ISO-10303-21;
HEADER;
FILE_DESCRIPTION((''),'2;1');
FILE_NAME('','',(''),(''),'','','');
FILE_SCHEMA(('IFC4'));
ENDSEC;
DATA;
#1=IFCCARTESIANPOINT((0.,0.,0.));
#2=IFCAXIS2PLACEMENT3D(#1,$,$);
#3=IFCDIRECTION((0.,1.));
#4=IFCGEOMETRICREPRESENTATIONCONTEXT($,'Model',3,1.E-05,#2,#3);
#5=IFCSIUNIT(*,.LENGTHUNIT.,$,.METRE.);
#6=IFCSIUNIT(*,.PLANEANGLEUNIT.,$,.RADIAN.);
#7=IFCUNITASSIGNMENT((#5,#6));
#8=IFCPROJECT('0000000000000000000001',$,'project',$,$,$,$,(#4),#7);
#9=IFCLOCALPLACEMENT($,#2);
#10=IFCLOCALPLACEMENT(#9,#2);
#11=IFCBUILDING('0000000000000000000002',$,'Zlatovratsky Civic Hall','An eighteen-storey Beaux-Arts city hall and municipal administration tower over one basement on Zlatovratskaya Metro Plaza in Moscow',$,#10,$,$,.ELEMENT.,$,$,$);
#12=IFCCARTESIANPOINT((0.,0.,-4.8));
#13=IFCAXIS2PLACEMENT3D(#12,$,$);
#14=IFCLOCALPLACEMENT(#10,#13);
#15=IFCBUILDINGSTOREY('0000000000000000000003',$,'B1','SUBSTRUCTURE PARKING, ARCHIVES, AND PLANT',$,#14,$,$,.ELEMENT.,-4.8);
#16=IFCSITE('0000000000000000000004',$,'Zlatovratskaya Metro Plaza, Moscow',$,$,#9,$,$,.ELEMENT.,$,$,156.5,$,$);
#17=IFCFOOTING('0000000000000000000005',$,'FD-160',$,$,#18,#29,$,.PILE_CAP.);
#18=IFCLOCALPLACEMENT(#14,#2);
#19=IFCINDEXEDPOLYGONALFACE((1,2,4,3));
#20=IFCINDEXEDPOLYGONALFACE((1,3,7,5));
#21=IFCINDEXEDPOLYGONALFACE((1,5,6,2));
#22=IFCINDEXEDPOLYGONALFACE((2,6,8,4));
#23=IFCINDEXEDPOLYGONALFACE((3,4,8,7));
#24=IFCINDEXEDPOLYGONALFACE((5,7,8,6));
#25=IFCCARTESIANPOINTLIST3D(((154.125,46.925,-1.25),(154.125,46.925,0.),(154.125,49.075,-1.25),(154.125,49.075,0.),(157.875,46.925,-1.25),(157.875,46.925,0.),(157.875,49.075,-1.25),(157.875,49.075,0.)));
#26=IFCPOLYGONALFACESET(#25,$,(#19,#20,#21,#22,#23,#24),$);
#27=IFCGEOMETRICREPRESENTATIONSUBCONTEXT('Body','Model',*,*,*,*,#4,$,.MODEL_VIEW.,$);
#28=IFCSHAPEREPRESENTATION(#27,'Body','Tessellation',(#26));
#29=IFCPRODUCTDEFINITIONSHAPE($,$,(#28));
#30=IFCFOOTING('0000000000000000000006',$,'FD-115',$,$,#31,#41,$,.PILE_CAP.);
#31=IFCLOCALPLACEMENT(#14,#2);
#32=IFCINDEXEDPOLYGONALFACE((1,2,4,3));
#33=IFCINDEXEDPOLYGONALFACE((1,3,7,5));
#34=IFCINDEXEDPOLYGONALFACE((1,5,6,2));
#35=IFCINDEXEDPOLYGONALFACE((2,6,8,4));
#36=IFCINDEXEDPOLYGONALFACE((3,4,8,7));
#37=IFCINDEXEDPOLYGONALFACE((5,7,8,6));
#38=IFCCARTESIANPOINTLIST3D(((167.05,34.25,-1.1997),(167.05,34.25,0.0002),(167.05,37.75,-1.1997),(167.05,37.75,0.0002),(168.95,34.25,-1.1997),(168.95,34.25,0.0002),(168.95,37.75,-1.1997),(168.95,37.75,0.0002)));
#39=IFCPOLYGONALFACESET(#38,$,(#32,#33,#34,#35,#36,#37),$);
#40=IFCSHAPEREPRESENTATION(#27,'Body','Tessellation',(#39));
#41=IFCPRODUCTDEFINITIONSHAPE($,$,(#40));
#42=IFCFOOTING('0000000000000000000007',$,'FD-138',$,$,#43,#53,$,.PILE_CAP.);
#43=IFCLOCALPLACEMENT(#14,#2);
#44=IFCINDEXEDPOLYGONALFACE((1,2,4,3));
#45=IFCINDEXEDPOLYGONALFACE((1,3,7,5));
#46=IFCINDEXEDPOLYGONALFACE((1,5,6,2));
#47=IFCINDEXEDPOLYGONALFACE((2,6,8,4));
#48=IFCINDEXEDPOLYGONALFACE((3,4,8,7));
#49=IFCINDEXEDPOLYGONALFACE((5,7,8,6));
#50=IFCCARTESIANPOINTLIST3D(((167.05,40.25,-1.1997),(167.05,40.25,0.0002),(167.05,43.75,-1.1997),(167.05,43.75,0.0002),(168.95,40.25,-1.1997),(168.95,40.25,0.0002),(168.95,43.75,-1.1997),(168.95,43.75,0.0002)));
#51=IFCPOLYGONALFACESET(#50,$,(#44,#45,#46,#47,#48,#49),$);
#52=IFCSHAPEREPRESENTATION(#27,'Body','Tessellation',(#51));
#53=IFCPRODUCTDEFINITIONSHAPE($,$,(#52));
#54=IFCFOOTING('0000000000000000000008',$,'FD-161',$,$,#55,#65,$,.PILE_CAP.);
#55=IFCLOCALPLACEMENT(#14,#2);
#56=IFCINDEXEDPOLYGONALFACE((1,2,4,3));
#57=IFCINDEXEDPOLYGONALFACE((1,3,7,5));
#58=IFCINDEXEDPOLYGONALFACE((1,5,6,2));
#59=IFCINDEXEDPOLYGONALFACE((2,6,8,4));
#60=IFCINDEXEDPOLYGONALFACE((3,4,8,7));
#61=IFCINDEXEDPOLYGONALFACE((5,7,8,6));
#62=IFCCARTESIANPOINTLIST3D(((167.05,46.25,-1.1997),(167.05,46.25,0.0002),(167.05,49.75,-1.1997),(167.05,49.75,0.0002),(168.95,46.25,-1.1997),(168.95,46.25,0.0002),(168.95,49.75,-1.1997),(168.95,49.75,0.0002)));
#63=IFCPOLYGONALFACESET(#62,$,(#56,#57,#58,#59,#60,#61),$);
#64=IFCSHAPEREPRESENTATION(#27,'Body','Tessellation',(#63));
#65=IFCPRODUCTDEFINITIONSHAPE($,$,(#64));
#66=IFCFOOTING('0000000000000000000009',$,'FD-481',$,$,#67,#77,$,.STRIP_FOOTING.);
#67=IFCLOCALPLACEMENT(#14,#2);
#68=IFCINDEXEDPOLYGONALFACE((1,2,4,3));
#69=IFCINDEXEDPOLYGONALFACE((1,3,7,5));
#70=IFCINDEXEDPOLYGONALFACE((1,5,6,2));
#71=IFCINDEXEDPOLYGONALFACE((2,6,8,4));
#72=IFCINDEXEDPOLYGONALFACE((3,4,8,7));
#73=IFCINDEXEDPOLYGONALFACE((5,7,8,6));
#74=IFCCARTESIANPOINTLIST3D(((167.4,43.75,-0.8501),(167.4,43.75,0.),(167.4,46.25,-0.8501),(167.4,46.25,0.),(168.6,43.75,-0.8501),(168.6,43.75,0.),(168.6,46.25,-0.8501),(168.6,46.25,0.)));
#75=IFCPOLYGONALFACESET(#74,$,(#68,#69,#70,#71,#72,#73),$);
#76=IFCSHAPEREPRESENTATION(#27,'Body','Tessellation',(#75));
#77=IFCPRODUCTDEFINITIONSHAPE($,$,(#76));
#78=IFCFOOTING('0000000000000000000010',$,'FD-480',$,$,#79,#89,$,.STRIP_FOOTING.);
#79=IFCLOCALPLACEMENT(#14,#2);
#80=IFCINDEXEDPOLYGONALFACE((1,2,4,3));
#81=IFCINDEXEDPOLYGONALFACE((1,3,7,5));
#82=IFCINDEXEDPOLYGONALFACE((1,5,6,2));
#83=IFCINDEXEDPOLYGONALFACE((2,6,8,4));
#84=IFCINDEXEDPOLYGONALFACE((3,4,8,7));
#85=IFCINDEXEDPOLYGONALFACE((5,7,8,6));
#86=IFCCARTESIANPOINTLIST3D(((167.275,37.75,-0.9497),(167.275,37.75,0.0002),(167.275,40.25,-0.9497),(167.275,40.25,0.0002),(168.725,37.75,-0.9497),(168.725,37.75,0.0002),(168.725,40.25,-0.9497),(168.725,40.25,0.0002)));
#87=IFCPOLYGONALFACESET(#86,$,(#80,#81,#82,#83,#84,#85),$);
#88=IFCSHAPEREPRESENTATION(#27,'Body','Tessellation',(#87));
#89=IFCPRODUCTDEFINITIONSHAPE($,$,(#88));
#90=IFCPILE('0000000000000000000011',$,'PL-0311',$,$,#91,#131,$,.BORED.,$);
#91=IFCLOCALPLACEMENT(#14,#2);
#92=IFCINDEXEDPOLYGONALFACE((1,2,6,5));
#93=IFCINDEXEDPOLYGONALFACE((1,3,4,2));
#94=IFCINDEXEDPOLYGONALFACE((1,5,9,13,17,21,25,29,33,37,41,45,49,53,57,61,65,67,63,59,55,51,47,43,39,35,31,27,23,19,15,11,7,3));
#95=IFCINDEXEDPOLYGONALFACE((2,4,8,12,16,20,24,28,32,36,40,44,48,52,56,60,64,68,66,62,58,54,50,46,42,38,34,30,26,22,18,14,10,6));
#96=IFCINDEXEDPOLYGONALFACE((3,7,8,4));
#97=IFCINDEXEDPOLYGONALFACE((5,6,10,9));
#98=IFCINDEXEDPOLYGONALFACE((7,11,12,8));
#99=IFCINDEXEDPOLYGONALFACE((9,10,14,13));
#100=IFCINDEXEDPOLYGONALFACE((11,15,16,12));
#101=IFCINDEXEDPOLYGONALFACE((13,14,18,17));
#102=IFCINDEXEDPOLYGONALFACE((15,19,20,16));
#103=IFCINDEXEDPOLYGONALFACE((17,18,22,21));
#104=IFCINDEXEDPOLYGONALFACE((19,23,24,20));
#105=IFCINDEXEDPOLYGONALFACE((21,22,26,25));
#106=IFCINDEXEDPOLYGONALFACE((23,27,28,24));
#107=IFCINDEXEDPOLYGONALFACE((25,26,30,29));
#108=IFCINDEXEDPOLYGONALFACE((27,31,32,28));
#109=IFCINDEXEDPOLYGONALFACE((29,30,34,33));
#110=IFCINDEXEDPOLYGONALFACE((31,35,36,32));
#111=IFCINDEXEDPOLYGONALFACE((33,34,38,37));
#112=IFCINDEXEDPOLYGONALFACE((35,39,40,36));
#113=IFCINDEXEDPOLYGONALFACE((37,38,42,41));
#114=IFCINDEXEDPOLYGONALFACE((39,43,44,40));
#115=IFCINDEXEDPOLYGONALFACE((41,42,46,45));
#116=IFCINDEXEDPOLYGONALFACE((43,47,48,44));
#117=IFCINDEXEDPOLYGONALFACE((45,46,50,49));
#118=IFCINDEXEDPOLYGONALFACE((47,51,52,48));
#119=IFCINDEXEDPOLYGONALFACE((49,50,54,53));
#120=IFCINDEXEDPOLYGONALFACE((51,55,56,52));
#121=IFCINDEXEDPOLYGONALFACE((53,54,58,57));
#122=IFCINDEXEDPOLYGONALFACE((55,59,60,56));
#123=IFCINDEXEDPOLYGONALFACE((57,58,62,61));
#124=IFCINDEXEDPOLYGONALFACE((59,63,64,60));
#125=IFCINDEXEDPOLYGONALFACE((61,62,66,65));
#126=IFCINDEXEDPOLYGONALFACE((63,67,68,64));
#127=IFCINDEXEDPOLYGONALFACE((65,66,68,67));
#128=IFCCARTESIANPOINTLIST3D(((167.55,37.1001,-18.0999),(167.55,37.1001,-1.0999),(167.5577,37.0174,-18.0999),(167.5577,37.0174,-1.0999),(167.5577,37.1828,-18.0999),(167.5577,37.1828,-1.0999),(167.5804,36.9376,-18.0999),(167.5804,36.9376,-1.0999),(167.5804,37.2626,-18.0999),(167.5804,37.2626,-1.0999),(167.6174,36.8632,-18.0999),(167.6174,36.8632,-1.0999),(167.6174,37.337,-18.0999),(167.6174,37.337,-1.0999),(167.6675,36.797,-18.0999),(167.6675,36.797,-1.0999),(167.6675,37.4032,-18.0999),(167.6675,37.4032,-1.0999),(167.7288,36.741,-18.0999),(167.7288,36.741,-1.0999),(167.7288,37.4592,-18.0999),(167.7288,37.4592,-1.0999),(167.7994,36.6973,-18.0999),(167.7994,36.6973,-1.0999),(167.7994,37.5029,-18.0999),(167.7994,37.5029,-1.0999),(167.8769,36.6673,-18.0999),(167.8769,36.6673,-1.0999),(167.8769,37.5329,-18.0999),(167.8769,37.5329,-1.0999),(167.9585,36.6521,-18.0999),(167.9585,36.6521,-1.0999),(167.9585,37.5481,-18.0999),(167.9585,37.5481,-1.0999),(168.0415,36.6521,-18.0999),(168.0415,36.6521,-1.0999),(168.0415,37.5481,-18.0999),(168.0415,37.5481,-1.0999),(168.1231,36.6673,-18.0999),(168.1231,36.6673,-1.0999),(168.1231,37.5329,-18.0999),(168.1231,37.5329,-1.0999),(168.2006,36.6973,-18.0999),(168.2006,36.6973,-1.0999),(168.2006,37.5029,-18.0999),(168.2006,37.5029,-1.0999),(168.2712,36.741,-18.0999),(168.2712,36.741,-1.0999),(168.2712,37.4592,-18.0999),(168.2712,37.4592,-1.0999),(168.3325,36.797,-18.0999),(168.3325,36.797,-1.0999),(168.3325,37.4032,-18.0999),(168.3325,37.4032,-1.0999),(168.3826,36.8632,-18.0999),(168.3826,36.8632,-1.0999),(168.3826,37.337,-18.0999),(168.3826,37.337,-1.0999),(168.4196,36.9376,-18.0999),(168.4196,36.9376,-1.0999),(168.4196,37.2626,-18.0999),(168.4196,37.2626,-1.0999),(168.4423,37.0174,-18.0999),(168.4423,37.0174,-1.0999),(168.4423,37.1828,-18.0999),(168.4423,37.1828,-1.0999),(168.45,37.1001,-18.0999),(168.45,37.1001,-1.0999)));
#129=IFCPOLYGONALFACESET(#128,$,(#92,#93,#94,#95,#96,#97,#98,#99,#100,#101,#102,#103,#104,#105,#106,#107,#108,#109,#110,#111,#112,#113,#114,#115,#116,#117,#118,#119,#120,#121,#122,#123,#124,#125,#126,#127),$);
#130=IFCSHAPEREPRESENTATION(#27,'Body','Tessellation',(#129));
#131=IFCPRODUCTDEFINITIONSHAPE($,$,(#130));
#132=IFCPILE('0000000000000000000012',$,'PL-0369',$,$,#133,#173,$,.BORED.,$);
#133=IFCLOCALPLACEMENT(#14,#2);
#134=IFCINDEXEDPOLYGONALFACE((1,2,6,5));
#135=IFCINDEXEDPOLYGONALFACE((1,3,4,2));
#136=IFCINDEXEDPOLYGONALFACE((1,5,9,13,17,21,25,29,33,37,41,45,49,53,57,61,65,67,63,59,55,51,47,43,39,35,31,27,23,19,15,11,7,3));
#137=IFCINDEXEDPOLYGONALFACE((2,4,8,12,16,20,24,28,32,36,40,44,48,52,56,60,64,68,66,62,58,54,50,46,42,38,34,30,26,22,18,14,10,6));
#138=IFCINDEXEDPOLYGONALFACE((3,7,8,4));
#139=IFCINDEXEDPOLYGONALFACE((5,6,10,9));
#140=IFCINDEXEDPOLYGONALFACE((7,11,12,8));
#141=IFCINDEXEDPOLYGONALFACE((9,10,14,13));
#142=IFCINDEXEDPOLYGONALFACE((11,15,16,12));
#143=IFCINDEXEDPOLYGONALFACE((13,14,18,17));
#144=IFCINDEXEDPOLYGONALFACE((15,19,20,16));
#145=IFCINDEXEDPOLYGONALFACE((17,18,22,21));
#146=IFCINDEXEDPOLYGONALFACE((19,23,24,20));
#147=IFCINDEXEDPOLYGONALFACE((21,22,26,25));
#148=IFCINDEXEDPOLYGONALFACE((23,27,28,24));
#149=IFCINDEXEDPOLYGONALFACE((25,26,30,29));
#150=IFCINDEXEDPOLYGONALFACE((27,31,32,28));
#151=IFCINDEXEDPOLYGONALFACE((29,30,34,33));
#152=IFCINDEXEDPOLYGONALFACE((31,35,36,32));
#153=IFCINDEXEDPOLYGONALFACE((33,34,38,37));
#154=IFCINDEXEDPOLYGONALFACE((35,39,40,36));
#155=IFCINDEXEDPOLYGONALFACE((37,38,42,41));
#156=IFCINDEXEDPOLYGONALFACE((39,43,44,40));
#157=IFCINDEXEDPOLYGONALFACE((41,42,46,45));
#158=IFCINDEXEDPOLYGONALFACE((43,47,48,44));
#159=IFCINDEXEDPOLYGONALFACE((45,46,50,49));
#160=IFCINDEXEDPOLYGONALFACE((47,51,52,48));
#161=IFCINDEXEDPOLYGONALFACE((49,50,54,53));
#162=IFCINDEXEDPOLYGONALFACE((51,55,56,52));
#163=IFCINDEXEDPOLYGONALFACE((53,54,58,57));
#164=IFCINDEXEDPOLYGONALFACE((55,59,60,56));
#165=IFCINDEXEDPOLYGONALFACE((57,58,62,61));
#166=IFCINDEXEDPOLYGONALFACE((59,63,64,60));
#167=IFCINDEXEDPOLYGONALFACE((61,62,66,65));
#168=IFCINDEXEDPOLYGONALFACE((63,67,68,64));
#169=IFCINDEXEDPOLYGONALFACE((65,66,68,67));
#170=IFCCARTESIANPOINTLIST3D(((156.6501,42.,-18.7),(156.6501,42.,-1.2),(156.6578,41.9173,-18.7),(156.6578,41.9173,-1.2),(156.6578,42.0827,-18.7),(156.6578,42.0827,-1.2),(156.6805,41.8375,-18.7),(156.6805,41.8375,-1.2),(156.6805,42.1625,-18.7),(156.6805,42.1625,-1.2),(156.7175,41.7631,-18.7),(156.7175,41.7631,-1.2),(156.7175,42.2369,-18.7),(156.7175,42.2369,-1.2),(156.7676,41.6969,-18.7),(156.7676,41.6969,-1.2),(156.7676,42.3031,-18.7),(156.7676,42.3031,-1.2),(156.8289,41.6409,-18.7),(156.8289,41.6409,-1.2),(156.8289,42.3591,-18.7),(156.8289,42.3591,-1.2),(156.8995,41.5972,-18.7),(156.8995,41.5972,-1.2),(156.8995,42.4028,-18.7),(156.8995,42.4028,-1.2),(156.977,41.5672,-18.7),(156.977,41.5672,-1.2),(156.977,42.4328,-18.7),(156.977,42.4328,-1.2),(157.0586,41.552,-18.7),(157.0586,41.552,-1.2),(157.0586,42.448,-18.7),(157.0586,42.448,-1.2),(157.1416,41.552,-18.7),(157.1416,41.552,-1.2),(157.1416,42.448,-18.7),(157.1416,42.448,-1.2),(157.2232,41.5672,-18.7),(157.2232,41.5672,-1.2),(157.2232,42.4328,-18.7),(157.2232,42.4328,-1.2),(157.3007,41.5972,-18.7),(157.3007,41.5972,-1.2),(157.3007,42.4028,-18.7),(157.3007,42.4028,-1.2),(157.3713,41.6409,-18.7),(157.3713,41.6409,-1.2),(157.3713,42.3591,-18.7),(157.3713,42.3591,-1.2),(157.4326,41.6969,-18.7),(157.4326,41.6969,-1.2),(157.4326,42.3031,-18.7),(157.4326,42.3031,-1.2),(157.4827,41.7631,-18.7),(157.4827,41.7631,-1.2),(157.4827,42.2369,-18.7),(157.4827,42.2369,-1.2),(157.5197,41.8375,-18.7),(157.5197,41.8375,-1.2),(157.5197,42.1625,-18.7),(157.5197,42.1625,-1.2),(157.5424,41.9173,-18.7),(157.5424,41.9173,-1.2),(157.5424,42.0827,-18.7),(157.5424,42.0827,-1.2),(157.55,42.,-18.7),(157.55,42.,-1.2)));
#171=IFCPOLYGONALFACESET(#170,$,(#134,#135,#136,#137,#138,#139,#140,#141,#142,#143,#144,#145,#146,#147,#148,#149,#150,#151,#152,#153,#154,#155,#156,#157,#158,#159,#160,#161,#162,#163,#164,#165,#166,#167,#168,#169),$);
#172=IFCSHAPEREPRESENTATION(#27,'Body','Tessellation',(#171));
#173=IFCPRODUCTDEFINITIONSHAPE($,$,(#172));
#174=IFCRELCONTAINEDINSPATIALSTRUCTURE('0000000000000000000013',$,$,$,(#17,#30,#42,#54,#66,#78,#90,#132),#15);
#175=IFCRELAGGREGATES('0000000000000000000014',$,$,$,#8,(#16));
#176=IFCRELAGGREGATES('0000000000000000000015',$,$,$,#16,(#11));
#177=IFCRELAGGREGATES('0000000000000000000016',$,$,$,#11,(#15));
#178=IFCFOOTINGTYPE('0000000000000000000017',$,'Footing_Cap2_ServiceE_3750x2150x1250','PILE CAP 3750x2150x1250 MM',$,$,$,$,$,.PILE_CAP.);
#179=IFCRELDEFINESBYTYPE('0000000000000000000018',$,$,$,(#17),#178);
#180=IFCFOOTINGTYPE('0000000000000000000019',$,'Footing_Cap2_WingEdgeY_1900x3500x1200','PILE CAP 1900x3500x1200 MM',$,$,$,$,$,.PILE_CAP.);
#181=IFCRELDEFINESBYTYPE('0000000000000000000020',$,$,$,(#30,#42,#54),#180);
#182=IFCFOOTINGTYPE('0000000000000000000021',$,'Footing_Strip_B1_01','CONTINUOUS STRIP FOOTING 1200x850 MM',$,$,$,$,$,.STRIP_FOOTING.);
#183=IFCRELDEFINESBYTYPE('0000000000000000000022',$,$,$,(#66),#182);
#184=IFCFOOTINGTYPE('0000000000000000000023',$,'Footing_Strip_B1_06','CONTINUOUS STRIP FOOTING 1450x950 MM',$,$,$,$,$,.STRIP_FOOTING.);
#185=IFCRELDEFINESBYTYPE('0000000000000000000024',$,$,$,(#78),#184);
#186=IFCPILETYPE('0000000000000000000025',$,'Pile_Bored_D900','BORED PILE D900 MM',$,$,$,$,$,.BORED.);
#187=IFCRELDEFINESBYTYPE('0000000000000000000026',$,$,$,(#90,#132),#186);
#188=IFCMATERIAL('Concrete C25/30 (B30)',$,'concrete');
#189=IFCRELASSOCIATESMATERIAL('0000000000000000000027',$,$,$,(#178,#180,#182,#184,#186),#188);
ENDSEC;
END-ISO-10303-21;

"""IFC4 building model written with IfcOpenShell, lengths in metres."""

from ifc_helpers import new_model, si_unit, direction, frame, origin, origin_2d, place, context, subcontext, project, spatial, rectangle, circle, extrude, material, material_profile, profile_set, type_object, element, save


model = new_model("IFC4")

# Units and contexts
model_context = context("Model", 3, precision=1e-05, world=origin(), true_north=direction((0.0, 1.0)))
body_context = subcontext(model_context, "Body", "Model", "MODEL_VIEW")
ifc_project = project(units=[si_unit("LENGTHUNIT", "METRE"), si_unit("PLANEANGLEUNIT", "RADIAN")], contexts=[model_context])

# Site, building, storey
site_placement = place(None, origin())
site = spatial("IfcSite", under=ifc_project, at=site_placement, Name="Zlatovratskaya Metro Plaza, Moscow", CompositionType="ELEMENT", RefElevation=156.5)
building_placement = place(site_placement, origin())
building = spatial("IfcBuilding", under=site, at=building_placement, Name="Zlatovratsky Civic Hall", Description="An eighteen-storey Beaux-Arts city hall and municipal administration tower over one basement on Zlatovratskaya Metro Plaza in Moscow", CompositionType="ELEMENT")
storey_placement = place(building_placement, frame((0.0, 0.0, -4.8)))
storey = spatial("IfcBuildingStorey", under=building, at=storey_placement, Name="B1", Description="SUBSTRUCTURE PARKING, ARCHIVES, AND PLANT", CompositionType="ELEMENT", Elevation=-4.8)

# Footings
ifc_material_1 = material(Name="Concrete C25/30 (B30)", Category="concrete")
footing_type_1 = type_object("IfcFootingType", Name="Footing_Cap2_ServiceE_3750x2150x1250", Description="PILE CAP 3750x2150x1250 MM", PredefinedType="PILE_CAP", material=ifc_material_1)
footing_1_placement = place(storey_placement, frame((156.0, 48.0, -1.25), z_axis=(0.0, 0.0, 1.0), x_axis=(1.0, 0.0, 0.0)))
element("IfcFooting", 1, at=footing_1_placement, inside=storey, type_object=footing_type_1, Name="FD-160", PredefinedType="PILE_CAP", context=body_context, shape_type="SweptSolid", body=[
    extrude(rectangle(XDim=3.75, YDim=2.1499, at=origin_2d()), origin(), (0.0, 0.0, 1.0), 1.25),
])
footing_type_2 = type_object("IfcFootingType", Name="Footing_Cap2_WingEdgeY_1900x3500x1200", Description="PILE CAP 1900x3500x1200 MM", PredefinedType="PILE_CAP", material=ifc_material_1)
for number, where, z_axis, x_axis, name in (
    (2, (168.0, 36.0, -1.1997), (0.0, 0.0, 1.0), (1.0, 0.0, 0.0), "FD-115"),
    (3, (168.0, 42.0, -1.1997), (0.0, 0.0, 1.0), (1.0, 0.0, 0.0), "FD-138"),
    (4, (168.0, 48.0, -1.1997), (0.0, 0.0, 1.0), (1.0, 0.0, 0.0), "FD-161"),
):
    element("IfcFooting", number, at=place(storey_placement, frame(where, z_axis=z_axis, x_axis=x_axis)), inside=storey, type_object=footing_type_2, Name=name, PredefinedType="PILE_CAP", context=body_context, shape_type="SweptSolid", body=[
        extrude(rectangle(XDim=1.8999, YDim=3.5, at=origin_2d()), origin(), (0.0, 0.0, 1.0), 1.2),
    ])
footing_type_3 = type_object("IfcFootingType", Name="Footing_Strip_B1_01", Description="CONTINUOUS STRIP FOOTING 1200x850 MM", PredefinedType="STRIP_FOOTING", material=ifc_material_1)
footing_2_placement = place(storey_placement, frame((168.0, 45.0, -0.8501), z_axis=(0.0, 0.0, 1.0), x_axis=(1.0, 0.0, 0.0)))
element("IfcFooting", 5, at=footing_2_placement, inside=storey, type_object=footing_type_3, Name="FD-481", PredefinedType="STRIP_FOOTING", context=body_context, shape_type="SweptSolid", body=[
    extrude(rectangle(XDim=1.2, YDim=2.5, at=origin_2d()), origin(), (0.0, 0.0, 1.0), 0.8501),
])
footing_type_4 = type_object("IfcFootingType", Name="Footing_Strip_B1_06", Description="CONTINUOUS STRIP FOOTING 1450x950 MM", PredefinedType="STRIP_FOOTING", material=ifc_material_1)
footing_3_placement = place(storey_placement, frame((168.0, 39.0, -0.9497), z_axis=(0.0, 0.0, 1.0), x_axis=(1.0, 0.0, 0.0)))
element("IfcFooting", 6, at=footing_3_placement, inside=storey, type_object=footing_type_4, Name="FD-480", PredefinedType="STRIP_FOOTING", context=body_context, shape_type="SweptSolid", body=[
    extrude(rectangle(XDim=1.45, YDim=2.5, at=origin_2d()), origin(), (0.0, 0.0, 1.0), 0.95),
])

# Piles
ifc_material_profile_1 = material_profile(ifc_material_1, circle(Radius=0.45, at=origin_2d()), Name="PILE D900")
ifc_profile_set_1 = profile_set([ifc_material_profile_1], Name="Concrete C25/30 (B30)")
pile_type = type_object("IfcPileType", Name="Pile_Bored_D900", Description="BORED PILE D900 MM", PredefinedType="BORED", material=ifc_profile_set_1)
pile_1_placement = place(storey_placement, frame((168.0, 37.1001, -1.0999), z_axis=(0.0, 0.0, -1.0), x_axis=(1.0, 0.0, 0.0)))
element("IfcPile", 7, at=pile_1_placement, inside=storey, type_object=pile_type, Name="PL-0311", PredefinedType="BORED", context=body_context, shape_type="SweptSolid", body=[
    extrude(circle(Radius=0.45, at=origin_2d()), origin(), (0.0, 0.0, 1.0), 17.0),
])
pile_2_placement = place(storey_placement, frame((157.1001, 42.0, -1.2), z_axis=(0.0, 0.0, -1.0), x_axis=(1.0, 0.0, 0.0)))
element("IfcPile", 8, at=pile_2_placement, inside=storey, type_object=pile_type, Name="PL-0369", PredefinedType="BORED", context=body_context, shape_type="SweptSolid", body=[
    extrude(circle(Radius=0.45, at=origin_2d()), origin(), (0.0, 0.0, 1.0), 17.5),
])

save(model, "model.ifc")
